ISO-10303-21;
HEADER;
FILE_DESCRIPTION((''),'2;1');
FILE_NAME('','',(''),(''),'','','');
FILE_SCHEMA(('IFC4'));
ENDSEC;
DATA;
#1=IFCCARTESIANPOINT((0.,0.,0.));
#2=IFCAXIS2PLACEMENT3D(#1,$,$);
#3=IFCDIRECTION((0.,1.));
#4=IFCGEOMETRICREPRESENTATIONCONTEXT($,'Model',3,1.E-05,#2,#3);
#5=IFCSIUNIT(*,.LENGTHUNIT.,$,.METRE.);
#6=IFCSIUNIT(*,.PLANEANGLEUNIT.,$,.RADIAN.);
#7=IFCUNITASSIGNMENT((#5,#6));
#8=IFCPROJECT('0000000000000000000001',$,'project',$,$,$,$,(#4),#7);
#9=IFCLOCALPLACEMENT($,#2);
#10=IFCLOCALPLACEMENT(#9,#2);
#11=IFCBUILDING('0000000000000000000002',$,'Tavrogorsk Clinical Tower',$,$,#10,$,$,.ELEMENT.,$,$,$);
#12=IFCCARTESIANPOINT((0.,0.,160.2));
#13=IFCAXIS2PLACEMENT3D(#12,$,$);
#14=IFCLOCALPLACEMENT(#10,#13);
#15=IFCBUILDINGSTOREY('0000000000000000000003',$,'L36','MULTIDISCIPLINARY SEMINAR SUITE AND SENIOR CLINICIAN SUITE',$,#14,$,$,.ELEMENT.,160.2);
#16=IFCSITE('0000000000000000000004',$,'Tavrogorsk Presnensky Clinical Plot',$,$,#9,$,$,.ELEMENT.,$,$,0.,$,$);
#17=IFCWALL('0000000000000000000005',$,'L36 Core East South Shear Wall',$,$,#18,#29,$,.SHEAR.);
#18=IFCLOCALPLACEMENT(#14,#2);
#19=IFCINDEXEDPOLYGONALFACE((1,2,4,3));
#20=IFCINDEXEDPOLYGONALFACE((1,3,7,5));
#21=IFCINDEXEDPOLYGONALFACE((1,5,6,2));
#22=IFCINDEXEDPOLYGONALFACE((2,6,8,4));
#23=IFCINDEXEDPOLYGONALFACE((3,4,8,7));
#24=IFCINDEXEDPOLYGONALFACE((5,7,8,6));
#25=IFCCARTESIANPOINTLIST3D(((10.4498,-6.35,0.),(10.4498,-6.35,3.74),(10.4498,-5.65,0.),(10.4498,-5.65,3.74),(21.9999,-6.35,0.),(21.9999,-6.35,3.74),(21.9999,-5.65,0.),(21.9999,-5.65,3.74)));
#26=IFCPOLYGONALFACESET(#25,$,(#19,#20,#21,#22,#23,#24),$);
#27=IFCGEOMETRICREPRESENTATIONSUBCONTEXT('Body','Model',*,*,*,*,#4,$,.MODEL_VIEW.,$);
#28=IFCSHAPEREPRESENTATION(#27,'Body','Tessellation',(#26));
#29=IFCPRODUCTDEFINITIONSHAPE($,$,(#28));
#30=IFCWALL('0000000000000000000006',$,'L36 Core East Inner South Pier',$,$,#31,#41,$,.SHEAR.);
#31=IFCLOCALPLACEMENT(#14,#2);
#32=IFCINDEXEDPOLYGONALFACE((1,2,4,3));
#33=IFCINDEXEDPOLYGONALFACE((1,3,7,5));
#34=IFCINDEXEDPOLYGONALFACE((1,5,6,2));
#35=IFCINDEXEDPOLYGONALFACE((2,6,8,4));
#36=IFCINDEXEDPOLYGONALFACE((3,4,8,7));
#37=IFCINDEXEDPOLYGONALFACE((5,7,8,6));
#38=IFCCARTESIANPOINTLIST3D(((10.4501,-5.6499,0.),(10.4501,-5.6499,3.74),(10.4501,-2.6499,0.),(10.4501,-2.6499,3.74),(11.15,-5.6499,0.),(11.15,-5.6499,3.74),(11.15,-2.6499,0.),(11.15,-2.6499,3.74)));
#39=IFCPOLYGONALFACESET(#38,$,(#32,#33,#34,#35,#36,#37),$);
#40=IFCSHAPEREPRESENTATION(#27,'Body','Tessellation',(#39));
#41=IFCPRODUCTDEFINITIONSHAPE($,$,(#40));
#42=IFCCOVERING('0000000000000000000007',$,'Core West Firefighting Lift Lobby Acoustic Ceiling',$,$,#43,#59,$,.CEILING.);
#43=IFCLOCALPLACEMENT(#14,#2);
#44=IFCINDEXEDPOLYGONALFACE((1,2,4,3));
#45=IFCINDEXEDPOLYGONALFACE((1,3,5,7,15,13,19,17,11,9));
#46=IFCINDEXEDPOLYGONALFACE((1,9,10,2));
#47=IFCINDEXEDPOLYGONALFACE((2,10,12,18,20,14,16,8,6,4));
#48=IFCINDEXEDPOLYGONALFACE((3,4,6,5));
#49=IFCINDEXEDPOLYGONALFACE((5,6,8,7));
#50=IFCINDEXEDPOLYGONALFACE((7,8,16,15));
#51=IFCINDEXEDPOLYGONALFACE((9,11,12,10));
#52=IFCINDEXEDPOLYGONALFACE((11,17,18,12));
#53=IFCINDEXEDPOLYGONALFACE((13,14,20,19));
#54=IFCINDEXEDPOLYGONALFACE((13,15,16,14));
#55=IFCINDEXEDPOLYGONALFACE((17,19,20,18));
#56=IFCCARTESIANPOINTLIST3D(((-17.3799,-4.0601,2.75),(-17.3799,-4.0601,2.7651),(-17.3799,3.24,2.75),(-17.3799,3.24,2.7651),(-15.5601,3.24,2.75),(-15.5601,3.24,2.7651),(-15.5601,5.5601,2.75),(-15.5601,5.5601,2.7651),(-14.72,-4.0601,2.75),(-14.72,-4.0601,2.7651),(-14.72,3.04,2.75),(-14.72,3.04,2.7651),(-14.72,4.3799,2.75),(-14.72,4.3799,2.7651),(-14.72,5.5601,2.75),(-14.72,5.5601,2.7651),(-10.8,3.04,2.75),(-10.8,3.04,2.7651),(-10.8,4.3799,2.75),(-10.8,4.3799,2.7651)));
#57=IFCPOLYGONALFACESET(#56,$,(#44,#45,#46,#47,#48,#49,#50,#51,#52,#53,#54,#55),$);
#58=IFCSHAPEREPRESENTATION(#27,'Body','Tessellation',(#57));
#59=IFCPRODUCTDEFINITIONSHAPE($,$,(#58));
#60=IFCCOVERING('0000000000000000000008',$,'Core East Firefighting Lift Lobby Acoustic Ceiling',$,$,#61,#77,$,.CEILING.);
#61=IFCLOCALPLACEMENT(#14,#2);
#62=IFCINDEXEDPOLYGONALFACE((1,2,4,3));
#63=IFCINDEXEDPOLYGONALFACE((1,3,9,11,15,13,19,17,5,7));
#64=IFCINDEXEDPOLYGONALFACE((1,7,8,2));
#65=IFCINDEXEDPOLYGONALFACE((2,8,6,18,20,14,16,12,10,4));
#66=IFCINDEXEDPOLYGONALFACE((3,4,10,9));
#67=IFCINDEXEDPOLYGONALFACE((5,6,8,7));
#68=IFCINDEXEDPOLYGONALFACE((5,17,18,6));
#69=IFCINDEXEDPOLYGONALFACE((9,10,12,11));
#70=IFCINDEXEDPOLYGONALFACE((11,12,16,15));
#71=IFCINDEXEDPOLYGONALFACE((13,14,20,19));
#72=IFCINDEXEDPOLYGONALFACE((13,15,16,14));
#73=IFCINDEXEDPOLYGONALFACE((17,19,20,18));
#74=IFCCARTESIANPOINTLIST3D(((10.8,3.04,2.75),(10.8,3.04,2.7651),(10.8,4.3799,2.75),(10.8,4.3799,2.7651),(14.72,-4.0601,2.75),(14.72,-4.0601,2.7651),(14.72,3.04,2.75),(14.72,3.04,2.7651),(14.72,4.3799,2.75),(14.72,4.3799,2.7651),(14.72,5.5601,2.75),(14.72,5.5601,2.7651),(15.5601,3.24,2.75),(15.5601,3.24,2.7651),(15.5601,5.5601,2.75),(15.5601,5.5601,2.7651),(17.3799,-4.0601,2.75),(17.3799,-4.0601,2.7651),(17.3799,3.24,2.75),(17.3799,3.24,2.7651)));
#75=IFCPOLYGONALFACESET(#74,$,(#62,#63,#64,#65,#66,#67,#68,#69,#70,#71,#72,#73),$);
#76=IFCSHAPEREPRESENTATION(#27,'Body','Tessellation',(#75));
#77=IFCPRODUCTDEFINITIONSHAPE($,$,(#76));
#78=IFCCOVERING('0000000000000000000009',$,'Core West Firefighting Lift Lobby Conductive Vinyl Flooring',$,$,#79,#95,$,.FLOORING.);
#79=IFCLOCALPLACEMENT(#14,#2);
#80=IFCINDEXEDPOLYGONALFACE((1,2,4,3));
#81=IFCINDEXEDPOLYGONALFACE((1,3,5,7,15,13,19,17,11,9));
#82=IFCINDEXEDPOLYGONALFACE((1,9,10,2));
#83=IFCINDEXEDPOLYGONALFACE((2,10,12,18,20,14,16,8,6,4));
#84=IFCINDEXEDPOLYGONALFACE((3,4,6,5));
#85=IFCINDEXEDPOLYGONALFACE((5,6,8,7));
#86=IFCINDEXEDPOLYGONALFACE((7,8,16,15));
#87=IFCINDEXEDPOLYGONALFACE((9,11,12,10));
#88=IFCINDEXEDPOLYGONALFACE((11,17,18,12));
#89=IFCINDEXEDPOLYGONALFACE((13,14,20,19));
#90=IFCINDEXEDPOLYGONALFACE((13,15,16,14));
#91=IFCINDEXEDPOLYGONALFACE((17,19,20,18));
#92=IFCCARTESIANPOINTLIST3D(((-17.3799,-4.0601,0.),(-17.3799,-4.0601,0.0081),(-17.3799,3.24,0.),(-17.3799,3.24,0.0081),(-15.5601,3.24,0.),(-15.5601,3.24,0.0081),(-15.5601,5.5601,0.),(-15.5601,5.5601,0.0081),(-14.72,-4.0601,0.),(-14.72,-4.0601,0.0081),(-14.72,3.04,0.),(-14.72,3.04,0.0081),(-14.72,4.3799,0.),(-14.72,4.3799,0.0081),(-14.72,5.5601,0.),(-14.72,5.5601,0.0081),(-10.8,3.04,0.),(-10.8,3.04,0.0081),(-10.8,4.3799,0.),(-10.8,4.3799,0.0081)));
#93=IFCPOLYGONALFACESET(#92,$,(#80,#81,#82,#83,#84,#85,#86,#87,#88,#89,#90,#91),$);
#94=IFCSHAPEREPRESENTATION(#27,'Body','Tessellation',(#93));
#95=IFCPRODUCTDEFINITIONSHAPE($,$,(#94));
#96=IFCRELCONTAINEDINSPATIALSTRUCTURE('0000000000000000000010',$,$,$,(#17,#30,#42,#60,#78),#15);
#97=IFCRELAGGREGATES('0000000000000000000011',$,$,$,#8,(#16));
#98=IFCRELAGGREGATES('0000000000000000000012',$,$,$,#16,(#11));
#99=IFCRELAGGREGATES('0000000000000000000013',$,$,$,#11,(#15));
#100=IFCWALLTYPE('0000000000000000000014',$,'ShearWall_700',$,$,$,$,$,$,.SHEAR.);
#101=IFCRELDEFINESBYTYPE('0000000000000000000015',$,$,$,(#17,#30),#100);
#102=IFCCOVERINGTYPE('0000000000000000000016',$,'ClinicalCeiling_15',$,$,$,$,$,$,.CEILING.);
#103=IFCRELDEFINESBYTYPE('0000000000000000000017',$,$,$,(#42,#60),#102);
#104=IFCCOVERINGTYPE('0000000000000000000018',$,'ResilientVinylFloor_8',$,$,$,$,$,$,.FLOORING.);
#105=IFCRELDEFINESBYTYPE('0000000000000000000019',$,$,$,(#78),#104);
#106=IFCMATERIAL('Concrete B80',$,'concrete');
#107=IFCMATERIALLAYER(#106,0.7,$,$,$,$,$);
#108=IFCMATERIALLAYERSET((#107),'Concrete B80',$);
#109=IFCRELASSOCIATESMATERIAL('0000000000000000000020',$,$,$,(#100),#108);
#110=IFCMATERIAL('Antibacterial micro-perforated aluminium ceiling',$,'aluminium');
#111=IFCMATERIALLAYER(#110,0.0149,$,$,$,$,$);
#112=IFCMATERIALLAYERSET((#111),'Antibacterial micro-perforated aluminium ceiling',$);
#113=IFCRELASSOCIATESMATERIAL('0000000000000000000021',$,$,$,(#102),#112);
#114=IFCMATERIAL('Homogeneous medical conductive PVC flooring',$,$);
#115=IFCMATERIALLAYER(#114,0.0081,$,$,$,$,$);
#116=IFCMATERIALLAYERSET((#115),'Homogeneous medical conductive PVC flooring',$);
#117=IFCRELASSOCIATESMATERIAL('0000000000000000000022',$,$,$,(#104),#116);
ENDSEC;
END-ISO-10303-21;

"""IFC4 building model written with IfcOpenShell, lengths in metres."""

from ifc_helpers import new_model, si_unit, direction, frame, frame_2d, origin, place, context, subcontext, project, spatial, polyline, rectangle, outline, extrude, material, layer, layer_set, type_object, element, save


model = new_model("IFC4")

# Units and contexts
model_context = context("Model", 3, precision=1e-05, world=origin(), true_north=direction((0.0, 1.0)))
body_context = subcontext(model_context, "Body", "Model", "MODEL_VIEW")
ifc_project = project(units=[si_unit("LENGTHUNIT", "METRE"), si_unit("PLANEANGLEUNIT", "RADIAN")], contexts=[model_context])

# Site, building, storey
site_placement = place(None, origin())
site = spatial("IfcSite", under=ifc_project, at=site_placement, Name="Tavrogorsk Presnensky Clinical Plot", CompositionType="ELEMENT", RefElevation=0.0)
building_placement = place(site_placement, origin())
building = spatial("IfcBuilding", under=site, at=building_placement, Name="Tavrogorsk Clinical Tower", CompositionType="ELEMENT")
storey_placement = place(building_placement, frame((0.0, 0.0, 160.2)))
storey = spatial("IfcBuildingStorey", under=building, at=storey_placement, Name="L36", Description="MULTIDISCIPLINARY SEMINAR SUITE AND SENIOR CLINICIAN SUITE", CompositionType="ELEMENT", Elevation=160.2)

# Walls
ifc_material_1 = material(Name="Concrete B80", Category="concrete")
ifc_layer_1 = layer(ifc_material_1, 0.7)
ifc_layer_set_1 = layer_set([ifc_layer_1], Name="Concrete B80")
wall_type_1 = type_object("IfcWallType", Name="ShearWall_700", PredefinedType="SHEAR", material=ifc_layer_set_1)
wall_1_placement = place(storey_placement, frame((10.45, -6.0, 0.0), z_axis=(0.0, 0.0, 1.0), x_axis=(1.0, 0.0, 0.0)))
element("IfcWall", 1, at=wall_1_placement, inside=storey, type_object=wall_type_1, Name="L36 Core East South Shear Wall", PredefinedType="SHEAR", context=body_context, shape_type="SweptSolid", body=[
    extrude(rectangle(XDim=11.55, YDim=0.7, at=frame_2d((5.7749, 0.0))), origin(), (0.0, 0.0, 1.0), 3.74),
])
wall_2_placement = place(storey_placement, frame((10.8, -5.6499, 0.0), z_axis=(0.0, 0.0, 1.0), x_axis=(0.0, 1.0, 0.0)))
element("IfcWall", 2, at=wall_2_placement, inside=storey, type_object=wall_type_1, Name="L36 Core East Inner South Pier", PredefinedType="SHEAR", context=body_context, shape_type="SweptSolid", body=[
    extrude(rectangle(XDim=3.0, YDim=0.7, at=frame_2d((1.5, 0.0))), origin(), (0.0, 0.0, 1.0), 3.74),
])

# Coverings
ifc_material_2 = material(Name="Antibacterial micro-perforated aluminium ceiling", Category="aluminium")
ifc_layer_2 = layer(ifc_material_2, 0.0149)
ifc_layer_set_2 = layer_set([ifc_layer_2], Name="Antibacterial micro-perforated aluminium ceiling")
covering_type_1 = type_object("IfcCoveringType", Name="ClinicalCeiling_15", PredefinedType="CEILING", material=ifc_layer_set_2)
covering_1_placement = place(storey_placement, frame((0.0, 0.0, 2.75)))
element("IfcCovering", 3, at=covering_1_placement, inside=storey, type_object=covering_type_1, Name="Core West Firefighting Lift Lobby Acoustic Ceiling", PredefinedType="CEILING", context=body_context, shape_type="SweptSolid", body=[
    extrude(outline(polyline([(-14.72, 4.3799), (-10.8, 4.3799), (-10.8, 3.04), (-14.72, 3.04), (-14.72, -4.0601), (-17.3799, -4.0601), (-17.3799, 3.24), (-15.5601, 3.24), (-15.5601, 5.5601), (-14.72, 5.5601), (-14.72, 4.3799)])), origin(), (0.0, 0.0, 1.0), 0.0151),
])
covering_2_placement = place(storey_placement, frame((0.0, 0.0, 2.75)))
element("IfcCovering", 4, at=covering_2_placement, inside=storey, type_object=covering_type_1, Name="Core East Firefighting Lift Lobby Acoustic Ceiling", PredefinedType="CEILING", context=body_context, shape_type="SweptSolid", body=[
    extrude(outline(polyline([(14.72, -4.0601), (14.72, 3.04), (10.8, 3.04), (10.8, 4.3799), (14.72, 4.3799), (14.72, 5.5601), (15.5601, 5.5601), (15.5601, 3.24), (17.3799, 3.24), (17.3799, -4.0601), (14.72, -4.0601)])), origin(), (0.0, 0.0, 1.0), 0.0151),
])
ifc_material_3 = material(Name="Homogeneous medical conductive PVC flooring")
ifc_layer_3 = layer(ifc_material_3, 0.0081)
ifc_layer_set_3 = layer_set([ifc_layer_3], Name="Homogeneous medical conductive PVC flooring")
covering_type_2 = type_object("IfcCoveringType", Name="ResilientVinylFloor_8", PredefinedType="FLOORING", material=ifc_layer_set_3)
covering_3_placement = place(storey_placement, origin())
element("IfcCovering", 5, at=covering_3_placement, inside=storey, type_object=covering_type_2, Name="Core West Firefighting Lift Lobby Conductive Vinyl Flooring", PredefinedType="FLOORING", context=body_context, shape_type="SweptSolid", body=[
    extrude(outline(polyline([(-14.72, 4.3799), (-10.8, 4.3799), (-10.8, 3.04), (-14.72, 3.04), (-14.72, -4.0601), (-17.3799, -4.0601), (-17.3799, 3.24), (-15.5601, 3.24), (-15.5601, 5.5601), (-14.72, 5.5601), (-14.72, 4.3799)])), origin(), (0.0, 0.0, 1.0), 0.0081),
])

save(model, "model.ifc")
